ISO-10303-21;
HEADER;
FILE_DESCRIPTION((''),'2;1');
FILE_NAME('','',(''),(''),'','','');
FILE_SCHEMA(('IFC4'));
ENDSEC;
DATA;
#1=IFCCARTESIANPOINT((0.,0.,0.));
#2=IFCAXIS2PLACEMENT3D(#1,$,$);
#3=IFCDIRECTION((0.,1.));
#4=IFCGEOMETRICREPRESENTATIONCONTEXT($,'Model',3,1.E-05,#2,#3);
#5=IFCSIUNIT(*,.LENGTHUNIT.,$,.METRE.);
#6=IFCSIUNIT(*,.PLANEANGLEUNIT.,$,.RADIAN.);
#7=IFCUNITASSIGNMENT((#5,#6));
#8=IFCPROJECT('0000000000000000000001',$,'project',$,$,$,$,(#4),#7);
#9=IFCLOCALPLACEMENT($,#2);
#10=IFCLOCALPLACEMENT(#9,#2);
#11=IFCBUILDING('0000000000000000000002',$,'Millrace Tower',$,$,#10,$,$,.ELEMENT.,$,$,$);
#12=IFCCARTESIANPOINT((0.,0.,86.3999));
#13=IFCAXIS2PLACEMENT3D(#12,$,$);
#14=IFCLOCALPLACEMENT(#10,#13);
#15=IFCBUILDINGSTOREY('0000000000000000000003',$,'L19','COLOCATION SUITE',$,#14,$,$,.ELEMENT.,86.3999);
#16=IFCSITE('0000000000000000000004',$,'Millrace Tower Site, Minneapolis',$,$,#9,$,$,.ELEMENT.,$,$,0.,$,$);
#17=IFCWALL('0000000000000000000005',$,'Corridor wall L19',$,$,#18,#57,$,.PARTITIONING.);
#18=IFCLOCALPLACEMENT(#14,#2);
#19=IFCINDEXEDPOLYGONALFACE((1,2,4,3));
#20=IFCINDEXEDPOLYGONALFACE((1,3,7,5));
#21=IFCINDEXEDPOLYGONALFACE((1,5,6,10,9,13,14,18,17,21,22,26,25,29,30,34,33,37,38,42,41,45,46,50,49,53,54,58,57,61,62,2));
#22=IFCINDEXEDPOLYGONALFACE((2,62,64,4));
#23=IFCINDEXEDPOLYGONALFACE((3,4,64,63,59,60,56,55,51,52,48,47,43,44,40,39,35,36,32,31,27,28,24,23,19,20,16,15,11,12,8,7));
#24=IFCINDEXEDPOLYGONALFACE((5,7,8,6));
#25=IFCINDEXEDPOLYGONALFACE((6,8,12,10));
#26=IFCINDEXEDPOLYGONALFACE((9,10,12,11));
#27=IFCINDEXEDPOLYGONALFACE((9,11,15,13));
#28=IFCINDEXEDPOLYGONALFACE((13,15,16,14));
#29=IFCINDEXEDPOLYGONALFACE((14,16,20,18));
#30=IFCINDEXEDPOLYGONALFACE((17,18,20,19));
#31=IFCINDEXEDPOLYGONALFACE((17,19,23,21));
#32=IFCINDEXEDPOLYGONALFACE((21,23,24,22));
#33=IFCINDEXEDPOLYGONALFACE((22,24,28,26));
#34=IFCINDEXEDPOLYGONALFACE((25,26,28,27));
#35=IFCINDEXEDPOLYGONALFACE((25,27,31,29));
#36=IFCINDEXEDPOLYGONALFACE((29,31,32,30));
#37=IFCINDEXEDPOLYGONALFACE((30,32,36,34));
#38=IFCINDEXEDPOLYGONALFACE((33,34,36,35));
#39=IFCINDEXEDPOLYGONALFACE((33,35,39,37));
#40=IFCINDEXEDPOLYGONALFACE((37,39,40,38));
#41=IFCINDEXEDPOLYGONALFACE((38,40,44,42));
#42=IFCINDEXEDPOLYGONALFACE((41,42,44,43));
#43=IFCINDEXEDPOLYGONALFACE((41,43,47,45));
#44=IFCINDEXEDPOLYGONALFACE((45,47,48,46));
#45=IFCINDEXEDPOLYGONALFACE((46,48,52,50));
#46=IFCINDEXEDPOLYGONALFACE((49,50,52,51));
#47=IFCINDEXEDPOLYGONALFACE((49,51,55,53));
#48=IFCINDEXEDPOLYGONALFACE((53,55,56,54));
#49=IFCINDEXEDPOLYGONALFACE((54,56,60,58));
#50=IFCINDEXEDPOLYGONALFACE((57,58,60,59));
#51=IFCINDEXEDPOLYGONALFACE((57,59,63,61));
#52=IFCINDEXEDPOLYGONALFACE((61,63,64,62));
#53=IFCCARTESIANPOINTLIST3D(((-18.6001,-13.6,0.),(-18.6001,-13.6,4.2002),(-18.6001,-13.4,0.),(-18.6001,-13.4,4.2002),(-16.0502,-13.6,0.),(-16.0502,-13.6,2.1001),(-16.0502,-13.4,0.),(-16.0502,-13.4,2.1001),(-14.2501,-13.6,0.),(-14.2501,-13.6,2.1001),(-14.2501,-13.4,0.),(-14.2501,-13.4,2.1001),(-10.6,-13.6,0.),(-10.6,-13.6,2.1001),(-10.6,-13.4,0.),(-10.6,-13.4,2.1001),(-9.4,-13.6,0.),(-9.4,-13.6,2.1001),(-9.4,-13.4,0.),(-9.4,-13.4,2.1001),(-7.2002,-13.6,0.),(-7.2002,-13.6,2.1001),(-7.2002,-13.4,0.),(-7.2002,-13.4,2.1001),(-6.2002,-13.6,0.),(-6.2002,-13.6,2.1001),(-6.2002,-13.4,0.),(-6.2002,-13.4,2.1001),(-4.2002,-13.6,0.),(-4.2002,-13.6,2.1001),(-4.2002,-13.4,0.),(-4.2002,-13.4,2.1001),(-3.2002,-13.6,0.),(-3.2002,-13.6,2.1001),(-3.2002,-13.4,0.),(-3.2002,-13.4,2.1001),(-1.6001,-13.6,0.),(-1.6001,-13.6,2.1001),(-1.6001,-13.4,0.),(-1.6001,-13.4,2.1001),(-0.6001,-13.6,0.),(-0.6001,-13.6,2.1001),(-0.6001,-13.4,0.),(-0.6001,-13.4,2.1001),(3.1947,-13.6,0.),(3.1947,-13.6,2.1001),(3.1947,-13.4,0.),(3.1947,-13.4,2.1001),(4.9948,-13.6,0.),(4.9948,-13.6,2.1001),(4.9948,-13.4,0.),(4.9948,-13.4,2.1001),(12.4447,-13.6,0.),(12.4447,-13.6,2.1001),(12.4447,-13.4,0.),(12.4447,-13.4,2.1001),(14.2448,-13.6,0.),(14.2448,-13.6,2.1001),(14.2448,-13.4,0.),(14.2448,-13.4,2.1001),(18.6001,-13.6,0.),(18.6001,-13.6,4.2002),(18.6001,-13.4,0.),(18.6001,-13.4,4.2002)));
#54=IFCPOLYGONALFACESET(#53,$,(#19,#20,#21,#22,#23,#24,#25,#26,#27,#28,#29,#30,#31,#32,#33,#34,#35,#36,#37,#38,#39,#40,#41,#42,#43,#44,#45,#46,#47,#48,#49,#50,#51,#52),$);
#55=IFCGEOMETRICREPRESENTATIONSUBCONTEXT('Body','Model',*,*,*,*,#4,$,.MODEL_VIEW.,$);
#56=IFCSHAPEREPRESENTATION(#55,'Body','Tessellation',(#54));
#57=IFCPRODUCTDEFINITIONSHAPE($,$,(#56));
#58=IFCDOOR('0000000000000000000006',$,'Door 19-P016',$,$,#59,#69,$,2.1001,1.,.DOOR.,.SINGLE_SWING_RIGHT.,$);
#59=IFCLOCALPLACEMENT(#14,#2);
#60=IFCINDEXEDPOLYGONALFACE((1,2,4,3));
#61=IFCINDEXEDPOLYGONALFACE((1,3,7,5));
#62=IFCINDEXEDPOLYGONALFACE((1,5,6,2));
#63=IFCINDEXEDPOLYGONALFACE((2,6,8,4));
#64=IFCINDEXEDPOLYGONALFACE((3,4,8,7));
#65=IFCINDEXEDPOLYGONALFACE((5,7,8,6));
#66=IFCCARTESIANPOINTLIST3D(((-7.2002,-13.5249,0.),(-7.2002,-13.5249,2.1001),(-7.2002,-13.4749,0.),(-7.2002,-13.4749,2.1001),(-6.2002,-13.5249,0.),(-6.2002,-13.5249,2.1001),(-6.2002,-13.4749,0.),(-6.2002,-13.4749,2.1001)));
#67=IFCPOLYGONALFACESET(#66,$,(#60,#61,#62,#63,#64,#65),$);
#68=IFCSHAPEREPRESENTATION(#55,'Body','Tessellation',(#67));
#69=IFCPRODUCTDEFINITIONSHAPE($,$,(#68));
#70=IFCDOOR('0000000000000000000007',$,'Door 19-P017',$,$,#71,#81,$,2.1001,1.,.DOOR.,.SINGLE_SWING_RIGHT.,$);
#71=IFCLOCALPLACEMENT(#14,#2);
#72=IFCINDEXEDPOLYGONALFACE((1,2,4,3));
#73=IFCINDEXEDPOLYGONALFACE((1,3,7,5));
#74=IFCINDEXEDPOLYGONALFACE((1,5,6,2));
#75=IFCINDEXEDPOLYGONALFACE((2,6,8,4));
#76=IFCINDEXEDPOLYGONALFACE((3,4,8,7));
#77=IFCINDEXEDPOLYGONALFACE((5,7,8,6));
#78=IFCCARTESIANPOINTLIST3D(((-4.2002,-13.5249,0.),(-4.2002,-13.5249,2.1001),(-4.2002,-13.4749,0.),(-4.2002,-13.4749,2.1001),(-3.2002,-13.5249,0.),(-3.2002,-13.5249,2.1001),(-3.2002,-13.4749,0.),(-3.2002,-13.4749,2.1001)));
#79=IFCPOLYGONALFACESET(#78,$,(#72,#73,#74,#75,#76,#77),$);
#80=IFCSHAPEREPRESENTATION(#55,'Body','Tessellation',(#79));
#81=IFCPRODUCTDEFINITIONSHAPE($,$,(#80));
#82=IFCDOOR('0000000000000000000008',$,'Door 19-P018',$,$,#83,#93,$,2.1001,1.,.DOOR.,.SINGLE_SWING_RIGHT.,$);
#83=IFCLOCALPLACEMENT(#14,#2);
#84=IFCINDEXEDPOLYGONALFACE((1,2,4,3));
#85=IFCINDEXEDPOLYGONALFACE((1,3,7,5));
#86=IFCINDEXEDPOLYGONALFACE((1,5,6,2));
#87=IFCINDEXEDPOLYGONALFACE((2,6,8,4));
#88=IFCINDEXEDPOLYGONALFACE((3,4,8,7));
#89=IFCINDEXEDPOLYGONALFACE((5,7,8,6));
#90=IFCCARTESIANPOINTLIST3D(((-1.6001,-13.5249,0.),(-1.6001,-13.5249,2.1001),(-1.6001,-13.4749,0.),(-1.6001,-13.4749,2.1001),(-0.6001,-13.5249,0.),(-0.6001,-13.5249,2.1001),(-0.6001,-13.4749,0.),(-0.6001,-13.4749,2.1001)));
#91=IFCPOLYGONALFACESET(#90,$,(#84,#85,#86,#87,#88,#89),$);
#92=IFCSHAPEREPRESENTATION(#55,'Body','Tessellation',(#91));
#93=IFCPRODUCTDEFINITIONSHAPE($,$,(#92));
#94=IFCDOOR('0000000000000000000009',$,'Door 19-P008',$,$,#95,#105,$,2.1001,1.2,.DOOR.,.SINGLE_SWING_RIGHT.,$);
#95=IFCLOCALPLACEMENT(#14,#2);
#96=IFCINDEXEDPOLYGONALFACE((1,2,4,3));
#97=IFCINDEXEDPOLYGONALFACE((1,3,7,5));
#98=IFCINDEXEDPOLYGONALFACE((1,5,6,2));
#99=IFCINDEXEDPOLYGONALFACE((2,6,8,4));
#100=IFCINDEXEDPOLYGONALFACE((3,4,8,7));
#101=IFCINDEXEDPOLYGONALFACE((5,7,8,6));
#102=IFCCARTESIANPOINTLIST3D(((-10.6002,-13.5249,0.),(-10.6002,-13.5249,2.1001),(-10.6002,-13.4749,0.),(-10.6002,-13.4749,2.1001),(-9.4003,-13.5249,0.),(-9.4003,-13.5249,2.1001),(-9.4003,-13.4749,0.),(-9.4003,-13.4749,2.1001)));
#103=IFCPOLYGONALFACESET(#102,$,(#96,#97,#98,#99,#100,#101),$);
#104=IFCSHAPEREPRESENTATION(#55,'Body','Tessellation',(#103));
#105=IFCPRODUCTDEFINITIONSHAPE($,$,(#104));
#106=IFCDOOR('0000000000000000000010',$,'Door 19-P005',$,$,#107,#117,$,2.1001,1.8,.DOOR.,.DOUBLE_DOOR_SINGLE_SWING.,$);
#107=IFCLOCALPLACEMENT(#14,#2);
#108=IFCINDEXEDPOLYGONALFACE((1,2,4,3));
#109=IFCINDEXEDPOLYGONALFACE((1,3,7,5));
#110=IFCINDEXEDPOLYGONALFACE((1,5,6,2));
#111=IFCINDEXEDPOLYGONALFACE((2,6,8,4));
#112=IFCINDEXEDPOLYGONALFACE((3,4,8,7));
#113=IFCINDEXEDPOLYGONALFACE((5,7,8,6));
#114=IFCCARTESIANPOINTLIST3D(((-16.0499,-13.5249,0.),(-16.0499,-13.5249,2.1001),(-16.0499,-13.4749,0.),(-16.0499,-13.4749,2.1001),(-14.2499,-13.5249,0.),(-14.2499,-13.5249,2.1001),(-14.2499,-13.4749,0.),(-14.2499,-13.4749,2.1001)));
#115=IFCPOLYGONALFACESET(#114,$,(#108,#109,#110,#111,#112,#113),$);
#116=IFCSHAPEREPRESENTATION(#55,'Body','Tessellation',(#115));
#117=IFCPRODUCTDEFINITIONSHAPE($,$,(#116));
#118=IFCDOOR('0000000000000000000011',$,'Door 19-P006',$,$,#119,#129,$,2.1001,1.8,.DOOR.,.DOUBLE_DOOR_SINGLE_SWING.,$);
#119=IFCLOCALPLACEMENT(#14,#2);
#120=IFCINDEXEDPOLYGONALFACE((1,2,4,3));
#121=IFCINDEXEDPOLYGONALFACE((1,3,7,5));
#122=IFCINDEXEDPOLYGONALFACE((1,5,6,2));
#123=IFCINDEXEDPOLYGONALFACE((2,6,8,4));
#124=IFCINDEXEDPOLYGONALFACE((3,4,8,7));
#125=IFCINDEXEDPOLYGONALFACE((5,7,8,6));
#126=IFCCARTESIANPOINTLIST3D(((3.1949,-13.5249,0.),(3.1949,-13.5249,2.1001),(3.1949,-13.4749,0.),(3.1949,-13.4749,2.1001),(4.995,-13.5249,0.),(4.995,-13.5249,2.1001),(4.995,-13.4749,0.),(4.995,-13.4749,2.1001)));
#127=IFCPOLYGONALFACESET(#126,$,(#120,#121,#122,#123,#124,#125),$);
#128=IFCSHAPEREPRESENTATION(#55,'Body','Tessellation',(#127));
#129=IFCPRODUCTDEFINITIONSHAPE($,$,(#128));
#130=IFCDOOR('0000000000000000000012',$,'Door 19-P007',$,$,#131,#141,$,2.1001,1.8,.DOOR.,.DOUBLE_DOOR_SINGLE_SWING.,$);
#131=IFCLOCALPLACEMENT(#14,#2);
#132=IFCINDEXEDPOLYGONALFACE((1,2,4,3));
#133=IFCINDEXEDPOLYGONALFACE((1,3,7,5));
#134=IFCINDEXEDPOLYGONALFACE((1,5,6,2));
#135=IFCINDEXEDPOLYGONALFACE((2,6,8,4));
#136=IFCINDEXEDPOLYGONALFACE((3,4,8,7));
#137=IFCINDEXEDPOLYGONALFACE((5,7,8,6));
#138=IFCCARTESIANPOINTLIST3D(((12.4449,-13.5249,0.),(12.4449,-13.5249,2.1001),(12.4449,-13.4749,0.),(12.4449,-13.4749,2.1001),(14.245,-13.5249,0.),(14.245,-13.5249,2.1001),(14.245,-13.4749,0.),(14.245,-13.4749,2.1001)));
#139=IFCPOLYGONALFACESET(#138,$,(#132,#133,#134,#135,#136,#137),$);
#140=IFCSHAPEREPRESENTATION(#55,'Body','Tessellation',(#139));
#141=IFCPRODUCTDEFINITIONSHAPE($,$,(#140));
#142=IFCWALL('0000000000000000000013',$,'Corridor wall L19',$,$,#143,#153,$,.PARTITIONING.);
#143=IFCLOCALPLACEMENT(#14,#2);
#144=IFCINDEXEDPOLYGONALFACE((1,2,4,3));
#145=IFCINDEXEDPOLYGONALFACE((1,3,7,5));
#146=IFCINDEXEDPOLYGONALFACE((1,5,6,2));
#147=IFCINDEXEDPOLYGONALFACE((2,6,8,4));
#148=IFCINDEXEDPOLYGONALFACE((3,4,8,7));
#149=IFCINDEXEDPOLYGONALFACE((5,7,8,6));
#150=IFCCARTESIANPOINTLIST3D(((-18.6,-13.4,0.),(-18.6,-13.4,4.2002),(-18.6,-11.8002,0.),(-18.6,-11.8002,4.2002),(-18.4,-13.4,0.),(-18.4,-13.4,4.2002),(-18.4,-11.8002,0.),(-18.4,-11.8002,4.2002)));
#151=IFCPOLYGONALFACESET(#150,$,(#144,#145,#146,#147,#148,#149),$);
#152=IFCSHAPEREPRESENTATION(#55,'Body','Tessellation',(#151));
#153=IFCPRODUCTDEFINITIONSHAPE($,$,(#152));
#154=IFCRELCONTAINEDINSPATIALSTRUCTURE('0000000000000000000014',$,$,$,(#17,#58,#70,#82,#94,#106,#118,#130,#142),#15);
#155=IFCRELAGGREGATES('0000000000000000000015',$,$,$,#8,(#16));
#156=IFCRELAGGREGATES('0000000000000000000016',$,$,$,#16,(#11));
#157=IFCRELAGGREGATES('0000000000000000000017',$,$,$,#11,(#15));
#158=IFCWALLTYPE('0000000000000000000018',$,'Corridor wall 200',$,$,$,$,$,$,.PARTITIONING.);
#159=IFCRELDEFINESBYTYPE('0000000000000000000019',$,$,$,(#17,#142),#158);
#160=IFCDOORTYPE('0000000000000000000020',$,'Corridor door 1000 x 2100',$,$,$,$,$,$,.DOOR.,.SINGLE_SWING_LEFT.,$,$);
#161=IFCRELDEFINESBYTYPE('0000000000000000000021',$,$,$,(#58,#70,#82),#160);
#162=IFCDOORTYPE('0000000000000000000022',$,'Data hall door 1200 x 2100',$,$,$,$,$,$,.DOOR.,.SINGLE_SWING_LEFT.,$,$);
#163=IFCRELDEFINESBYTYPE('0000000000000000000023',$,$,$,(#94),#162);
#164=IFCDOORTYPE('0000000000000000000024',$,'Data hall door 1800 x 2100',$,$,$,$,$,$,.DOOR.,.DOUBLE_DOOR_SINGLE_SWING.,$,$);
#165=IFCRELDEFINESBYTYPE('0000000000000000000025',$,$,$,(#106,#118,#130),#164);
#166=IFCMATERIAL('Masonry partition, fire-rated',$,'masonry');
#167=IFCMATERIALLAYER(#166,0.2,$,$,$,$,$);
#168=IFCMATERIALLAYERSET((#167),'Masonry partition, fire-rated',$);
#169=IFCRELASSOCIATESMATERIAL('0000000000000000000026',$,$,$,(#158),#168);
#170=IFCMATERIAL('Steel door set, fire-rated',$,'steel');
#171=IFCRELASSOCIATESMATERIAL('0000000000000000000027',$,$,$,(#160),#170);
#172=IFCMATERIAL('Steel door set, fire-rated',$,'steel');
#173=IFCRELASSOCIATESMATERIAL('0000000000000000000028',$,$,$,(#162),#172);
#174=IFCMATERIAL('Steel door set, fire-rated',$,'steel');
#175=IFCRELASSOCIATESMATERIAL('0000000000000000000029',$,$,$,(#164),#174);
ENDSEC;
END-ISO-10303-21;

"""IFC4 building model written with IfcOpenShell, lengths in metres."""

from ifc_helpers import new_model, si_unit, direction, frame, frame_2d, origin, place, context, subcontext, project, spatial, rectangle, extrude, material, layer, layer_set, type_object, element, fill, save


model = new_model("IFC4")

# Units and contexts
model_context = context("Model", 3, precision=1e-05, world=origin(), true_north=direction((0.0, 1.0)))
body_context = subcontext(model_context, "Body", "Model", "MODEL_VIEW")
ifc_project = project(units=[si_unit("LENGTHUNIT", "METRE"), si_unit("PLANEANGLEUNIT", "RADIAN")], contexts=[model_context])

# Site, building, storey
site_placement = place(None, origin())
site = spatial("IfcSite", under=ifc_project, at=site_placement, Name="Millrace Tower Site, Minneapolis", CompositionType="ELEMENT", RefElevation=0.0)
building_placement = place(site_placement, origin())
building = spatial("IfcBuilding", under=site, at=building_placement, Name="Millrace Tower", CompositionType="ELEMENT")
storey_placement = place(building_placement, frame((0.0, 0.0, 86.3999)))
storey = spatial("IfcBuildingStorey", under=building, at=storey_placement, Name="L19", Description="COLOCATION SUITE", CompositionType="ELEMENT", Elevation=86.3999)

# Wall, openings, doors
ifc_material_1 = material(Name="Masonry partition, fire-rated", Category="masonry")
ifc_layer_1 = layer(ifc_material_1, 0.2)
ifc_layer_set_1 = layer_set([ifc_layer_1], Name="Masonry partition, fire-rated")
wall_type = type_object("IfcWallType", Name="Corridor wall 200", PredefinedType="PARTITIONING", material=ifc_layer_set_1)
wall_1_placement = place(storey_placement, frame((-18.6001, -13.5, 0.0), z_axis=(0.0, 0.0, 1.0), x_axis=(1.0, 0.0, 0.0)))
wall_1 = element("IfcWall", 1, at=wall_1_placement, inside=storey, type_object=wall_type, Name="Corridor wall L19", PredefinedType="PARTITIONING", context=body_context, shape_type="SweptSolid", body=[
    extrude(rectangle(XDim=37.2002, YDim=0.2, at=frame_2d((18.6001, 0.0))), origin(), (0.0, 0.0, 1.0), 4.2002),
])
opening_1_placement = place(wall_1_placement, frame((2.55, 0.0, 0.0)))
opening_1 = element("IfcOpeningElement", 2, at=opening_1_placement, cuts=wall_1, PredefinedType="OPENING", context=body_context, shape_type="SweptSolid", body=[
    extrude(rectangle(XDim=1.8, YDim=2.1001, at=frame_2d((0.8999, 1.05))), frame((0.0, 0.1099, 0.0), z_axis=(0.0, -1.0, 0.0), x_axis=(1.0, 0.0, 0.0)), (0.0, 0.0, 1.0), 0.22),
])
opening_2_placement = place(wall_1_placement, frame((21.7949, 0.0, 0.0)))
opening_2 = element("IfcOpeningElement", 3, at=opening_2_placement, cuts=wall_1, PredefinedType="OPENING", context=body_context, shape_type="SweptSolid", body=[
    extrude(rectangle(XDim=1.8, YDim=2.1001, at=frame_2d((0.8999, 1.05))), frame((0.0, 0.1099, 0.0), z_axis=(0.0, -1.0, 0.0), x_axis=(1.0, 0.0, 0.0)), (0.0, 0.0, 1.0), 0.22),
])
opening_3_placement = place(wall_1_placement, frame((31.0449, 0.0, 0.0)))
opening_3 = element("IfcOpeningElement", 4, at=opening_3_placement, cuts=wall_1, PredefinedType="OPENING", context=body_context, shape_type="SweptSolid", body=[
    extrude(rectangle(XDim=1.8, YDim=2.1001, at=frame_2d((0.8999, 1.05))), frame((0.0, 0.1099, 0.0), z_axis=(0.0, -1.0, 0.0), x_axis=(1.0, 0.0, 0.0)), (0.0, 0.0, 1.0), 0.22),
])
opening_4_placement = place(wall_1_placement, frame((8.0, 0.0, 0.0)))
opening_4 = element("IfcOpeningElement", 5, at=opening_4_placement, cuts=wall_1, PredefinedType="OPENING", context=body_context, shape_type="SweptSolid", body=[
    extrude(rectangle(XDim=1.2, YDim=2.1001, at=frame_2d((0.6001, 1.05))), frame((0.0, 0.1099, 0.0), z_axis=(0.0, -1.0, 0.0), x_axis=(1.0, 0.0, 0.0)), (0.0, 0.0, 1.0), 0.22),
])
opening_5_placement = place(wall_1_placement, frame((11.3999, 0.0, 0.0)))
opening_5 = element("IfcOpeningElement", 6, at=opening_5_placement, cuts=wall_1, PredefinedType="OPENING", context=body_context, shape_type="SweptSolid", body=[
    extrude(rectangle(XDim=1.0, YDim=2.1001, at=frame_2d((0.5, 1.05))), frame((0.0, 0.1099, 0.0), z_axis=(0.0, -1.0, 0.0), x_axis=(1.0, 0.0, 0.0)), (0.0, 0.0, 1.0), 0.22),
])
opening_6_placement = place(wall_1_placement, frame((14.3999, 0.0, 0.0)))
opening_6 = element("IfcOpeningElement", 7, at=opening_6_placement, cuts=wall_1, PredefinedType="OPENING", context=body_context, shape_type="SweptSolid", body=[
    extrude(rectangle(XDim=1.0, YDim=2.1001, at=frame_2d((0.5, 1.05))), frame((0.0, 0.1099, 0.0), z_axis=(0.0, -1.0, 0.0), x_axis=(1.0, 0.0, 0.0)), (0.0, 0.0, 1.0), 0.22),
])
opening_7_placement = place(wall_1_placement, frame((17.0, 0.0, 0.0)))
opening_7 = element("IfcOpeningElement", 8, at=opening_7_placement, cuts=wall_1, PredefinedType="OPENING", context=body_context, shape_type="SweptSolid", body=[
    extrude(rectangle(XDim=1.0, YDim=2.1001, at=frame_2d((0.5, 1.05))), frame((0.0, 0.1099, 0.0), z_axis=(0.0, -1.0, 0.0), x_axis=(1.0, 0.0, 0.0)), (0.0, 0.0, 1.0), 0.22),
])
ifc_material_2 = material(Name="Steel door set, fire-rated", Category="steel")
door_type_1 = type_object("IfcDoorType", Name="Corridor door 1000 x 2100", OperationType="SINGLE_SWING_LEFT", PredefinedType="DOOR", material=ifc_material_2)
door_1_placement = place(opening_5_placement, frame((1.0, 0.0, 0.0), z_axis=(0.0, 0.0, 1.0), x_axis=(-1.0, 0.0, 0.0)))
door_1 = element("IfcDoor", 9, at=door_1_placement, inside=storey, type_object=door_type_1, Name="Door 19-P016", OperationType="SINGLE_SWING_RIGHT", OverallHeight=2.1001, OverallWidth=1.0, PredefinedType="DOOR", context=body_context, shape_type="SweptSolid", body=[
    extrude(rectangle(XDim=1.0, YDim=2.1001, at=frame_2d((0.5, 1.05))), frame((0.0, 0.0249, 0.0), z_axis=(0.0, -1.0, 0.0), x_axis=(1.0, 0.0, 0.0)), (0.0, 0.0, 1.0), 0.05),
])
fill(opening_5, door_1)
door_2_placement = place(opening_6_placement, frame((1.0, 0.0, 0.0), z_axis=(0.0, 0.0, 1.0), x_axis=(-1.0, 0.0, 0.0)))
door_2 = element("IfcDoor", 10, at=door_2_placement, inside=storey, type_object=door_type_1, Name="Door 19-P017", OperationType="SINGLE_SWING_RIGHT", OverallHeight=2.1001, OverallWidth=1.0, PredefinedType="DOOR", context=body_context, shape_type="SweptSolid", body=[
    extrude(rectangle(XDim=1.0, YDim=2.1001, at=frame_2d((0.5, 1.05))), frame((0.0, 0.0249, 0.0), z_axis=(0.0, -1.0, 0.0), x_axis=(1.0, 0.0, 0.0)), (0.0, 0.0, 1.0), 0.05),
])
fill(opening_6, door_2)
door_3_placement = place(opening_7_placement, frame((1.0, 0.0, 0.0), z_axis=(0.0, 0.0, 1.0), x_axis=(-1.0, 0.0, 0.0)))
door_3 = element("IfcDoor", 11, at=door_3_placement, inside=storey, type_object=door_type_1, Name="Door 19-P018", OperationType="SINGLE_SWING_RIGHT", OverallHeight=2.1001, OverallWidth=1.0, PredefinedType="DOOR", context=body_context, shape_type="SweptSolid", body=[
    extrude(rectangle(XDim=1.0, YDim=2.1001, at=frame_2d((0.5, 1.05))), frame((0.0, 0.0249, 0.0), z_axis=(0.0, -1.0, 0.0), x_axis=(1.0, 0.0, 0.0)), (0.0, 0.0, 1.0), 0.05),
])
fill(opening_7, door_3)
ifc_material_3 = material(Name="Steel door set, fire-rated", Category="steel")
door_type_2 = type_object("IfcDoorType", Name="Data hall door 1200 x 2100", OperationType="SINGLE_SWING_LEFT", PredefinedType="DOOR", material=ifc_material_3)
door_4_placement = place(opening_4_placement, frame((1.2, 0.0, 0.0), z_axis=(0.0, 0.0, 1.0), x_axis=(-1.0, 0.0, 0.0)))
door_4 = element("IfcDoor", 12, at=door_4_placement, inside=storey, type_object=door_type_2, Name="Door 19-P008", OperationType="SINGLE_SWING_RIGHT", OverallHeight=2.1001, OverallWidth=1.2, PredefinedType="DOOR", context=body_context, shape_type="SweptSolid", body=[
    extrude(rectangle(XDim=1.2, YDim=2.1001, at=frame_2d((0.6001, 1.05))), frame((0.0, 0.0249, 0.0), z_axis=(0.0, -1.0, 0.0), x_axis=(1.0, 0.0, 0.0)), (0.0, 0.0, 1.0), 0.05),
])
fill(opening_4, door_4)
ifc_material_4 = material(Name="Steel door set, fire-rated", Category="steel")
door_type_3 = type_object("IfcDoorType", Name="Data hall door 1800 x 2100", OperationType="DOUBLE_DOOR_SINGLE_SWING", PredefinedType="DOOR", material=ifc_material_4)
door_5_placement = place(opening_1_placement, frame((1.8, 0.0, 0.0), z_axis=(0.0, 0.0, 1.0), x_axis=(-1.0, 0.0, 0.0)))
door_5 = element("IfcDoor", 13, at=door_5_placement, inside=storey, type_object=door_type_3, Name="Door 19-P005", OperationType="DOUBLE_DOOR_SINGLE_SWING", OverallHeight=2.1001, OverallWidth=1.8, PredefinedType="DOOR", context=body_context, shape_type="SweptSolid", body=[
    extrude(rectangle(XDim=1.8, YDim=2.1001, at=frame_2d((0.8999, 1.05))), frame((0.0, 0.0249, 0.0), z_axis=(0.0, -1.0, 0.0), x_axis=(1.0, 0.0, 0.0)), (0.0, 0.0, 1.0), 0.05),
])
fill(opening_1, door_5)
door_6_placement = place(opening_2_placement, frame((1.8, 0.0, 0.0), z_axis=(0.0, 0.0, 1.0), x_axis=(-1.0, 0.0, 0.0)))
door_6 = element("IfcDoor", 14, at=door_6_placement, inside=storey, type_object=door_type_3, Name="Door 19-P006", OperationType="DOUBLE_DOOR_SINGLE_SWING", OverallHeight=2.1001, OverallWidth=1.8, PredefinedType="DOOR", context=body_context, shape_type="SweptSolid", body=[
    extrude(rectangle(XDim=1.8, YDim=2.1001, at=frame_2d((0.8999, 1.05))), frame((0.0, 0.0249, 0.0), z_axis=(0.0, -1.0, 0.0), x_axis=(1.0, 0.0, 0.0)), (0.0, 0.0, 1.0), 0.05),
])
fill(opening_2, door_6)
door_7_placement = place(opening_3_placement, frame((1.8, 0.0, 0.0), z_axis=(0.0, 0.0, 1.0), x_axis=(-1.0, 0.0, 0.0)))
door_7 = element("IfcDoor", 15, at=door_7_placement, inside=storey, type_object=door_type_3, Name="Door 19-P007", OperationType="DOUBLE_DOOR_SINGLE_SWING", OverallHeight=2.1001, OverallWidth=1.8, PredefinedType="DOOR", context=body_context, shape_type="SweptSolid", body=[
    extrude(rectangle(XDim=1.8, YDim=2.1001, at=frame_2d((0.8999, 1.05))), frame((0.0, 0.0249, 0.0), z_axis=(0.0, -1.0, 0.0), x_axis=(1.0, 0.0, 0.0)), (0.0, 0.0, 1.0), 0.05),
])
fill(opening_3, door_7)

# Wall
wall_2_placement = place(storey_placement, frame((-18.5, -13.3999, 0.0), z_axis=(0.0, 0.0, 1.0), x_axis=(0.0, 1.0, 0.0)))
element("IfcWall", 16, at=wall_2_placement, inside=storey, type_object=wall_type, Name="Corridor wall L19", PredefinedType="PARTITIONING", context=body_context, shape_type="SweptSolid", body=[
    extrude(rectangle(XDim=1.5999, YDim=0.2, at=frame_2d((0.7998, 0.0))), origin(), (0.0, 0.0, 1.0), 4.2002),
])

save(model, "model.ifc")
